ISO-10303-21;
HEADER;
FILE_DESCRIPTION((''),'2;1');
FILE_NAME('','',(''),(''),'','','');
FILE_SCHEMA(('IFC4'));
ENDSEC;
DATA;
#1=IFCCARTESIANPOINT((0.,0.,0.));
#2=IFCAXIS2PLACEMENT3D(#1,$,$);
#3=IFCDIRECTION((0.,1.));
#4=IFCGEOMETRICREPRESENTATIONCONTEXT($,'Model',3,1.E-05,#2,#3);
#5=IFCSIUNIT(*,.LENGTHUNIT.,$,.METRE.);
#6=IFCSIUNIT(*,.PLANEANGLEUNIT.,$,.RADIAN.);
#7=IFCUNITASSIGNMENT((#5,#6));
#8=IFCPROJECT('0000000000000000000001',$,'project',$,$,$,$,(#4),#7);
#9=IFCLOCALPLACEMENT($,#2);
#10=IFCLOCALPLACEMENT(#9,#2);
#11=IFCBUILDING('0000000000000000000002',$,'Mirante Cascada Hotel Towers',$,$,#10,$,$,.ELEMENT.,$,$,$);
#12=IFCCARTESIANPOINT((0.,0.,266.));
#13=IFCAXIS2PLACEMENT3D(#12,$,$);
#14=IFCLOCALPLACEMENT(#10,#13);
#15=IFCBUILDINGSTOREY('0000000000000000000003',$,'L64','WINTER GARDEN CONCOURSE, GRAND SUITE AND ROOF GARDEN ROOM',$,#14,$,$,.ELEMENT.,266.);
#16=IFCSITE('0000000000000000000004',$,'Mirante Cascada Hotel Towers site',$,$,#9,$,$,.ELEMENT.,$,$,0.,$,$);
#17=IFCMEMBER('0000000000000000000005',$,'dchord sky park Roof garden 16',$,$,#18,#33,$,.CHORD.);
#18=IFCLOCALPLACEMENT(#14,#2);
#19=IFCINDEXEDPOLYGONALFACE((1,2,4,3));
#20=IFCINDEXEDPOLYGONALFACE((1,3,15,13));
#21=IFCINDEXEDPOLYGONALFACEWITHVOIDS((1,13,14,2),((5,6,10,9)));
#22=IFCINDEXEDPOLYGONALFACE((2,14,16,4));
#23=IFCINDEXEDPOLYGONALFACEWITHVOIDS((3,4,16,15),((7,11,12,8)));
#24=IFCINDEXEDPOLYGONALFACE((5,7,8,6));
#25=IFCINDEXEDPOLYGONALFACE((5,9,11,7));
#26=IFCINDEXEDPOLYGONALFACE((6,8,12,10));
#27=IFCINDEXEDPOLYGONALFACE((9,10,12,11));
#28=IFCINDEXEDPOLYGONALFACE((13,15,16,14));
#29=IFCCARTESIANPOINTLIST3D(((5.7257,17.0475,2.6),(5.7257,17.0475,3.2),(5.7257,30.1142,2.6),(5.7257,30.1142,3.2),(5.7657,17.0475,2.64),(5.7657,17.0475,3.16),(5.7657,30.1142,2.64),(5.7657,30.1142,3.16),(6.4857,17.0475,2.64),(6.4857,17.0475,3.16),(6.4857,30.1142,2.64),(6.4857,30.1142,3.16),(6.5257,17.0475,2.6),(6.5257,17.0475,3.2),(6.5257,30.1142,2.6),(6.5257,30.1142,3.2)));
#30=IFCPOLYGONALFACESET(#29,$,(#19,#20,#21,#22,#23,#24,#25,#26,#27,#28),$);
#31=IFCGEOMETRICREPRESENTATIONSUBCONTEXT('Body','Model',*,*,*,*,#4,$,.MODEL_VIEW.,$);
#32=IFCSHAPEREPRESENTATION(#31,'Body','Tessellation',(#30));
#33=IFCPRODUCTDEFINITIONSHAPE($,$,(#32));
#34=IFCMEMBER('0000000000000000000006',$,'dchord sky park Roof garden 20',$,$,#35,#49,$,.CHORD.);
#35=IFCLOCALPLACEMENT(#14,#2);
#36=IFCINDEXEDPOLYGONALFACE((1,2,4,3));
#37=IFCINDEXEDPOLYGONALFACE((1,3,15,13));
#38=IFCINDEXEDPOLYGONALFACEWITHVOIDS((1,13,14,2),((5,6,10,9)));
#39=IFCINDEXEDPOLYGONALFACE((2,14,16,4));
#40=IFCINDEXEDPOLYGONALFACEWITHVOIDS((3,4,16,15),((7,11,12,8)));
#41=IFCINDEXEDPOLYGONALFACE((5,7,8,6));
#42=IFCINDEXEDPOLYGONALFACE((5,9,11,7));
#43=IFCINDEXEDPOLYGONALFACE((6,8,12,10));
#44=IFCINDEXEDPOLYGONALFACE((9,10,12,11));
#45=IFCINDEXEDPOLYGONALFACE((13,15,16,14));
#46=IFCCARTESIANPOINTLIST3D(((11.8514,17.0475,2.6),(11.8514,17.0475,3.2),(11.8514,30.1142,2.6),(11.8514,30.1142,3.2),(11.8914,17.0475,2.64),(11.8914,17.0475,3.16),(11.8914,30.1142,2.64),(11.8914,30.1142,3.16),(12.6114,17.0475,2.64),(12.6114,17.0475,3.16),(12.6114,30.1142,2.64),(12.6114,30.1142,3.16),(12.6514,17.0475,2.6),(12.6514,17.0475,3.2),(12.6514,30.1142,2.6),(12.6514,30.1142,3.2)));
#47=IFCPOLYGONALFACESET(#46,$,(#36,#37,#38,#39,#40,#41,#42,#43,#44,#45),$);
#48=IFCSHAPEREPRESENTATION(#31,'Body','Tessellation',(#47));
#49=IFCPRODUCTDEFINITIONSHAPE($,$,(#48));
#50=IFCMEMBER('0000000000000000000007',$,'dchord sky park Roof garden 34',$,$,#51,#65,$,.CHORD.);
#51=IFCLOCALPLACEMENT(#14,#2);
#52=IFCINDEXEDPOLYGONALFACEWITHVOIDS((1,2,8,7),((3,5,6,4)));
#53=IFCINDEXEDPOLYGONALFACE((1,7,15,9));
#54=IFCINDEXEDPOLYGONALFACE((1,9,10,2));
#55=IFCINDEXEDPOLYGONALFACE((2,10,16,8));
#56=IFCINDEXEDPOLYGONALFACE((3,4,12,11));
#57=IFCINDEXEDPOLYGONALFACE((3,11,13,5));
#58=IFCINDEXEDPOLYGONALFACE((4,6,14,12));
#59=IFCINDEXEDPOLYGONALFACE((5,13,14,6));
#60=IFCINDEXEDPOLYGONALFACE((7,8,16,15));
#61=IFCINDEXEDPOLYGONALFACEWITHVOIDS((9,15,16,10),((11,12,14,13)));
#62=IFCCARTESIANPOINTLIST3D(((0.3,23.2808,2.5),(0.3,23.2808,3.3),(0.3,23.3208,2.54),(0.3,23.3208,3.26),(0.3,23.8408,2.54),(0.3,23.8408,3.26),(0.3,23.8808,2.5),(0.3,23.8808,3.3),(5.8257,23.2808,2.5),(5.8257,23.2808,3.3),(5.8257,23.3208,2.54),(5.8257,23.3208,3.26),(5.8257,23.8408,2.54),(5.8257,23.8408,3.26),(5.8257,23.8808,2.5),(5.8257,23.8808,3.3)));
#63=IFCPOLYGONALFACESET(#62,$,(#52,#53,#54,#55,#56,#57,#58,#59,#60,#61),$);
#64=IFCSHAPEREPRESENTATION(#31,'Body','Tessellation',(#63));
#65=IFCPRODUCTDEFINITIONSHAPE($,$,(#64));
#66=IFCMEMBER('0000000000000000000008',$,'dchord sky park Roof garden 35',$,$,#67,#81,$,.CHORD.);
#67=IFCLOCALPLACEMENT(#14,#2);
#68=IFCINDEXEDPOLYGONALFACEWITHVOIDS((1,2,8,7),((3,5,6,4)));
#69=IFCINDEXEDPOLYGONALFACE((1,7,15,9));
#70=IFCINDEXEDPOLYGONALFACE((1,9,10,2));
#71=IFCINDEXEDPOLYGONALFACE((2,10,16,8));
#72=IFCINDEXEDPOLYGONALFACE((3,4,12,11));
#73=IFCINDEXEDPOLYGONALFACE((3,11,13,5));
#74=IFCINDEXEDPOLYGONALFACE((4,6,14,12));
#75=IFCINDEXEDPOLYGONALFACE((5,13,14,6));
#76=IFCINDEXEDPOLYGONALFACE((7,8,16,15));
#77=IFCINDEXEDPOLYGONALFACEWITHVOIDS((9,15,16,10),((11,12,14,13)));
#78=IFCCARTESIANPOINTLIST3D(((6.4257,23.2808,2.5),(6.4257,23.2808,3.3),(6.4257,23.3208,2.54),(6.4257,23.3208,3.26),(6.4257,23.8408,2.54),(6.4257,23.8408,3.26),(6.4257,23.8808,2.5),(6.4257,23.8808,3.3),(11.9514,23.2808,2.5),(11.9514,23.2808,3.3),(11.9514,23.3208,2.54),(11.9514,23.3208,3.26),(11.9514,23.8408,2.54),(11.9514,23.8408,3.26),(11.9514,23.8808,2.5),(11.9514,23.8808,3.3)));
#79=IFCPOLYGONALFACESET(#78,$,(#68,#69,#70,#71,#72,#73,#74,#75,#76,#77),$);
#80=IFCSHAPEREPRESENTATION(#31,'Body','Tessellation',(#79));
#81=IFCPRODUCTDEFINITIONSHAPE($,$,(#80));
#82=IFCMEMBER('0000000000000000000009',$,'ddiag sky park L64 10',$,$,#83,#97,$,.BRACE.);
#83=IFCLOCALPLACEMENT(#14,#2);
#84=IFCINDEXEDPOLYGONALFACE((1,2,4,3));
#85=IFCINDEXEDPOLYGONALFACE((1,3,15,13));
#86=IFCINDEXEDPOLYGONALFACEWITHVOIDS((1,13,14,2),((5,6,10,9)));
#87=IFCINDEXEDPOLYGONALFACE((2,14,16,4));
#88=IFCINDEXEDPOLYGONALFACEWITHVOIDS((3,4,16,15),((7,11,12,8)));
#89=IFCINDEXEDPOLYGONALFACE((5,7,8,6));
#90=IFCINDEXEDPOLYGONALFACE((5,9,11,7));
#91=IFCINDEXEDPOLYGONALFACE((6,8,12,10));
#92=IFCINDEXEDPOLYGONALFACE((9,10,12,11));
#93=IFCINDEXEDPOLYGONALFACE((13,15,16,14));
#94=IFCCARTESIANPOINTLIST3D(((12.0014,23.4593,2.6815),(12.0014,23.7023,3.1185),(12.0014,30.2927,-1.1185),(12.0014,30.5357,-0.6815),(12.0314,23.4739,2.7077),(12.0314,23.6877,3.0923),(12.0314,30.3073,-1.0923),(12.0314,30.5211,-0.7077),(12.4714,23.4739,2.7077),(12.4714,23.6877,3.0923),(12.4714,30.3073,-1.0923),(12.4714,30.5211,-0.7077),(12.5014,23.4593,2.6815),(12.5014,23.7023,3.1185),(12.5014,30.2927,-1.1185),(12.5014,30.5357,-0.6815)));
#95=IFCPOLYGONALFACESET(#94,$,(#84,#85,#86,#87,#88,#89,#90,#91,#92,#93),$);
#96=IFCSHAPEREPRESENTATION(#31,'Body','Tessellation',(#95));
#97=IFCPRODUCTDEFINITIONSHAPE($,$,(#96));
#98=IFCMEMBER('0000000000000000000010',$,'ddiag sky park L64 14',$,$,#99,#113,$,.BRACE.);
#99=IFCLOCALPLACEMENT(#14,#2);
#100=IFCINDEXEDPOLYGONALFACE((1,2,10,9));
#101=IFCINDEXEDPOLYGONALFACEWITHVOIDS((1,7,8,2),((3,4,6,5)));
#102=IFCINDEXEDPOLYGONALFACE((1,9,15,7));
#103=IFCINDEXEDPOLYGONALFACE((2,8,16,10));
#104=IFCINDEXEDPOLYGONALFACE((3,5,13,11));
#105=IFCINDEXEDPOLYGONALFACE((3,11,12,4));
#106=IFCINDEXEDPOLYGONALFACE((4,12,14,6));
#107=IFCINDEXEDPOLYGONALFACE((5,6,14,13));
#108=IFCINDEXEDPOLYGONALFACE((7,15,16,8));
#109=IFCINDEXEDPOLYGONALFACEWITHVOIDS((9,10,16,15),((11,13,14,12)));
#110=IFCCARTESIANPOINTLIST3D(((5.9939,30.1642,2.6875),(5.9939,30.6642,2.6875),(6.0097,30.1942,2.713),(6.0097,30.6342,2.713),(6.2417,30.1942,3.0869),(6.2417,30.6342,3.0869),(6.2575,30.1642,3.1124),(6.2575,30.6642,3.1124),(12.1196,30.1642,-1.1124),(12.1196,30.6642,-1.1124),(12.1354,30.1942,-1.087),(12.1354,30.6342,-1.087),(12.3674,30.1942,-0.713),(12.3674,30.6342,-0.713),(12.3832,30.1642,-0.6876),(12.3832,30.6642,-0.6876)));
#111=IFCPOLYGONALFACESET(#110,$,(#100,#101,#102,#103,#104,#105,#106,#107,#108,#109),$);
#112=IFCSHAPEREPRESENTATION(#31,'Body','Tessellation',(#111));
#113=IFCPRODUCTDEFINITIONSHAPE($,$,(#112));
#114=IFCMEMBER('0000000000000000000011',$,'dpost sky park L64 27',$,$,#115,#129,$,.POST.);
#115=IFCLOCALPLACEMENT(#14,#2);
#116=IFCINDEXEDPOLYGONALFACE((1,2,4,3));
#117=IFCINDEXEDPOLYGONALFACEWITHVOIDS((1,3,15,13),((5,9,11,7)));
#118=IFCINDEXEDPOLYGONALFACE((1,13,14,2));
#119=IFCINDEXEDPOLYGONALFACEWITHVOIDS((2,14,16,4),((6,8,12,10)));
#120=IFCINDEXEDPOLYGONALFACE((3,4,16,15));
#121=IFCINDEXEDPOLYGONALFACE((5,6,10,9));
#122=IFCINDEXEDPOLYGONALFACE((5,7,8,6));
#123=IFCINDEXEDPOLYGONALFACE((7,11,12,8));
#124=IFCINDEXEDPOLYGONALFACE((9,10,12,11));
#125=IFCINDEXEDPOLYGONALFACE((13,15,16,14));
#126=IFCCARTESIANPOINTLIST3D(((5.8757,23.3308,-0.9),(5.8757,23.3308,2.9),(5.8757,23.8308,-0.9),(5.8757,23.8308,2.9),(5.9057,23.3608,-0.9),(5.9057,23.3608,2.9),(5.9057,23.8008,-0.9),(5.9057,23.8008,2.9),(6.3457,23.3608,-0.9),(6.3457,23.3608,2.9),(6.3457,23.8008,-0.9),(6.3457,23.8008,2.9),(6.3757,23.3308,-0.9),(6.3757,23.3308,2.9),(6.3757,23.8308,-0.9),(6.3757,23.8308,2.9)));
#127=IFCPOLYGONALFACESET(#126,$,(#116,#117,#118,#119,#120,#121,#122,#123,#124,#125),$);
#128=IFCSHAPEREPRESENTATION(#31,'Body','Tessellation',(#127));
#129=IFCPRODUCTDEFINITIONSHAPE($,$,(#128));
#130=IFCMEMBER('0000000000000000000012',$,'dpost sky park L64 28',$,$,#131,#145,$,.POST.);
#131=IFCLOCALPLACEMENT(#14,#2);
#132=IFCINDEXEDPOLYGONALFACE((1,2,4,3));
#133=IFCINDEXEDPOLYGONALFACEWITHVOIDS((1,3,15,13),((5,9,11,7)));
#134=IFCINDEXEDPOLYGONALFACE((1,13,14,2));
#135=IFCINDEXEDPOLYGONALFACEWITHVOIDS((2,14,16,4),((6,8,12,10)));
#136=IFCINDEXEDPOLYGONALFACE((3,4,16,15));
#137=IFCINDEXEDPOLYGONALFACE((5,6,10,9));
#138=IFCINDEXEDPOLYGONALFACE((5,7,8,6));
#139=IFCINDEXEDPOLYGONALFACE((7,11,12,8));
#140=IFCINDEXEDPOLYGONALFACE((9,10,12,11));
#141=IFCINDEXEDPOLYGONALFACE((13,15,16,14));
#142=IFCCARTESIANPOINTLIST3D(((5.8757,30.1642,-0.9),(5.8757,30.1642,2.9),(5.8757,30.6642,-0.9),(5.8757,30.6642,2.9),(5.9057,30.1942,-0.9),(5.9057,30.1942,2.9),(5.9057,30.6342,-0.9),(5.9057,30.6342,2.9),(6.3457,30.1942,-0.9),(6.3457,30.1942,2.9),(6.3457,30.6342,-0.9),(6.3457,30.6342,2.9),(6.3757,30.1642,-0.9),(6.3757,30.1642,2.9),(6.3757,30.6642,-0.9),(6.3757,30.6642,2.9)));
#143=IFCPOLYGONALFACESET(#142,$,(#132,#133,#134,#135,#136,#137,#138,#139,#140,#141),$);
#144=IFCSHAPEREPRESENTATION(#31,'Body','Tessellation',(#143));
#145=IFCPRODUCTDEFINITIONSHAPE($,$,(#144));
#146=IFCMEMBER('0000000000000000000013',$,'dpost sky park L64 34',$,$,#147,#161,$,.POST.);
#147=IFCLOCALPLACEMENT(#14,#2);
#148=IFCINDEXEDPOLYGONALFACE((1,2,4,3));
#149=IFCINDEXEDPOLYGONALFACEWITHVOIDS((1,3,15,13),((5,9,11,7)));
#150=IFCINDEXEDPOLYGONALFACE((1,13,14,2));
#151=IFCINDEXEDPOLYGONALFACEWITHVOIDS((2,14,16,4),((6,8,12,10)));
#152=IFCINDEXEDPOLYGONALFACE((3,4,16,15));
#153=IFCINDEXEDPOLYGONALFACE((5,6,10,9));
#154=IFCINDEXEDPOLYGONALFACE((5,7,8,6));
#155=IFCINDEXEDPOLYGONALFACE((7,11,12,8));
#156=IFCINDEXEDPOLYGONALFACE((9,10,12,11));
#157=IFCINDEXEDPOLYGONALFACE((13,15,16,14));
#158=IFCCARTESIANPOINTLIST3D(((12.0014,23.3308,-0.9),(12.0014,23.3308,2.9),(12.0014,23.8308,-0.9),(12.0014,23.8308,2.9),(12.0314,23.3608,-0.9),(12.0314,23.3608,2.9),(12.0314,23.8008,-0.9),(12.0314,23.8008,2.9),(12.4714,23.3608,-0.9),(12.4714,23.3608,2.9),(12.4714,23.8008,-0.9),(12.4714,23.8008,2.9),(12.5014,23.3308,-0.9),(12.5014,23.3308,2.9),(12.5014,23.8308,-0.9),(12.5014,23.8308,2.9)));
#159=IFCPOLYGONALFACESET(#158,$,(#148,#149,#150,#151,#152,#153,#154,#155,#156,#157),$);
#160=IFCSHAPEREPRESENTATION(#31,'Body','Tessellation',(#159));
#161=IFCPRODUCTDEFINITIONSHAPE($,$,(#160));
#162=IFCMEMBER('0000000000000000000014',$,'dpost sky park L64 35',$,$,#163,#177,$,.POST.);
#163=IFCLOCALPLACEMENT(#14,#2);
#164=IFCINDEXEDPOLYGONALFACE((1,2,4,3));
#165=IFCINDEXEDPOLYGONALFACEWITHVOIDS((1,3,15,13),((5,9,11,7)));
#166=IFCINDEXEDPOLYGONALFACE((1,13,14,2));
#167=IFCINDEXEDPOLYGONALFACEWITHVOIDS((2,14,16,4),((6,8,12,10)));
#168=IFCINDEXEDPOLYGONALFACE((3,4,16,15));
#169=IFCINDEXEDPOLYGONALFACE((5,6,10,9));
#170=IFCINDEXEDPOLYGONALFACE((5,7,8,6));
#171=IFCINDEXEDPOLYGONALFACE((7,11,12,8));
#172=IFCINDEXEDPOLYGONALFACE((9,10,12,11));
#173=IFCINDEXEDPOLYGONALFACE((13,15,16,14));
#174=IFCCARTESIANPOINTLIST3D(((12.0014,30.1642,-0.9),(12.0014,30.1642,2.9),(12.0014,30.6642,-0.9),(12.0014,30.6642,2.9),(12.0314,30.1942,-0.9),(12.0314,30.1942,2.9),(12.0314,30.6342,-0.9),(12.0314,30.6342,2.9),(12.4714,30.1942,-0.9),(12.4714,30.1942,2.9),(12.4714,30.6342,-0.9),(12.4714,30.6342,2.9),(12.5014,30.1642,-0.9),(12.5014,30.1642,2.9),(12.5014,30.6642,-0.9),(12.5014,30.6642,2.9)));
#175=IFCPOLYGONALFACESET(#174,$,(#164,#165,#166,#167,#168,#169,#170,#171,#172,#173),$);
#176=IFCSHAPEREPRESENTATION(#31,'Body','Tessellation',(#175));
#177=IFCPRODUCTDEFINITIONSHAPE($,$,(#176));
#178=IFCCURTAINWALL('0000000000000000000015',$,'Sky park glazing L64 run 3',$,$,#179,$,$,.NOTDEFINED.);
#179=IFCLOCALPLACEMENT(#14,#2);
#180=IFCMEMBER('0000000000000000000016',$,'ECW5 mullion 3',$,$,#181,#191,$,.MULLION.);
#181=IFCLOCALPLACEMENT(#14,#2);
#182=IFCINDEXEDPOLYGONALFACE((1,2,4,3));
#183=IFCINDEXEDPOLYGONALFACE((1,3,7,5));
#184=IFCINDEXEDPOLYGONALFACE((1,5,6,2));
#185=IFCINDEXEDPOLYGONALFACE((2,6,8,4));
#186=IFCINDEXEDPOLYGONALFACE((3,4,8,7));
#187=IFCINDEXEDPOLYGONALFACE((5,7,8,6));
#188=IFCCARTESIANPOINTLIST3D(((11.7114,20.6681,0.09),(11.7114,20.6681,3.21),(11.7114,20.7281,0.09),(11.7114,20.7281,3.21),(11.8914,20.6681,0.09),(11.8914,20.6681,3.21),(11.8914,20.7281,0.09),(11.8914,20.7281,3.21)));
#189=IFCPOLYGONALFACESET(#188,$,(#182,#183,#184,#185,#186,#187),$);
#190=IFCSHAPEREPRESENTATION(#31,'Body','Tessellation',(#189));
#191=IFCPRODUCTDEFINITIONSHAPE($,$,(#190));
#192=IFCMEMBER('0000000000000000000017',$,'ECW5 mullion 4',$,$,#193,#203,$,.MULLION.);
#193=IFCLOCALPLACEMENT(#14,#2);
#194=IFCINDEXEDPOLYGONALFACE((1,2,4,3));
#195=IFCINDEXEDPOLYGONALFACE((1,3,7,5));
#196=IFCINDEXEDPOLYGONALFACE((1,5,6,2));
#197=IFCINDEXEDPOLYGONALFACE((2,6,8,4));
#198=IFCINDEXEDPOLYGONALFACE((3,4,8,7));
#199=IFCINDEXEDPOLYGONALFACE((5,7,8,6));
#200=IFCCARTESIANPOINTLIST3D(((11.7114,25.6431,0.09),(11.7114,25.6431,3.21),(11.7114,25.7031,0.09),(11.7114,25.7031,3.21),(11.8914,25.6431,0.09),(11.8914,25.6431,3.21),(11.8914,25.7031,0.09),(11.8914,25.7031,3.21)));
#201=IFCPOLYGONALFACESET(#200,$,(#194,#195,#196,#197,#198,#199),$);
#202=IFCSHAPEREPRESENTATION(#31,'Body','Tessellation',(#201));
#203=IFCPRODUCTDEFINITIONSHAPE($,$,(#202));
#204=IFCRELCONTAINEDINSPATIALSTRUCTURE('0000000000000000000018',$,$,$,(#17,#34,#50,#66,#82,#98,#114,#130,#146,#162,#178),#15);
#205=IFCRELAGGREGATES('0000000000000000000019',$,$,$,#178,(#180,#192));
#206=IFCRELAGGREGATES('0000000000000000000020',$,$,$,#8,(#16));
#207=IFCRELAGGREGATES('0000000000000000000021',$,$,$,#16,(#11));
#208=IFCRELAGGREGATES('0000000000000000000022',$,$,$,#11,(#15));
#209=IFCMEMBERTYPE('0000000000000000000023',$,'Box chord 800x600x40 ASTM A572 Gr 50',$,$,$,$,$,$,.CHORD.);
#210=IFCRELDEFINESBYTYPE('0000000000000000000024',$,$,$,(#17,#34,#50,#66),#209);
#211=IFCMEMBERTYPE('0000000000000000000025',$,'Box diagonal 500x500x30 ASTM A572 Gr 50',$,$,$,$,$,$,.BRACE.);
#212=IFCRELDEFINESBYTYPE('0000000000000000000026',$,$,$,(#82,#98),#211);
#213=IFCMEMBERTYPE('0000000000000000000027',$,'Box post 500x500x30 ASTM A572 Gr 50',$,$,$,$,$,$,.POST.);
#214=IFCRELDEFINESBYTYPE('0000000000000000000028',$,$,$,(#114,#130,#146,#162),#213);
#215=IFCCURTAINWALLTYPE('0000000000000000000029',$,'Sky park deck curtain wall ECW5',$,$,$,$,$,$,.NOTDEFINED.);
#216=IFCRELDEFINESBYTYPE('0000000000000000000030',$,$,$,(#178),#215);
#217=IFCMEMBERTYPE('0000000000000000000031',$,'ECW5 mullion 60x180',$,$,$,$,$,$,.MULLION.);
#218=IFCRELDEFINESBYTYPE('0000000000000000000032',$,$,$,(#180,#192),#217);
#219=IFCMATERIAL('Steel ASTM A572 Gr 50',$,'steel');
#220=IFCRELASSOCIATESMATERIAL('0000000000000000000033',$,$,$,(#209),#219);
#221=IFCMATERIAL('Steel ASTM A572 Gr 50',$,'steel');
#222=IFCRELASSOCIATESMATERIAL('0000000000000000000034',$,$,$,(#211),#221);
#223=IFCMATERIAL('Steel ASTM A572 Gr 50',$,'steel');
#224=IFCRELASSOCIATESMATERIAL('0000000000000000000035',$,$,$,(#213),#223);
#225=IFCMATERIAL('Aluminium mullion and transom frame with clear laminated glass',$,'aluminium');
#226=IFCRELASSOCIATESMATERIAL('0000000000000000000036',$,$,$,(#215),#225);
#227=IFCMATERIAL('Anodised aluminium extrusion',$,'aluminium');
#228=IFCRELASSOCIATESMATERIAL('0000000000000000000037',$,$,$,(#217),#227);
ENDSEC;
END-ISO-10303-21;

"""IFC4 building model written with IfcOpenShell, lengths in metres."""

from ifc_helpers import new_model, si_unit, direction, frame, origin, origin_2d, place, context, subcontext, project, spatial, rectangle, hollow_rectangle, extrude, material, material_profile, profile_set, type_object, element, aggregate, save


model = new_model("IFC4")

# Units and contexts
model_context = context("Model", 3, precision=1e-05, world=origin(), true_north=direction((0.0, 1.0)))
body_context = subcontext(model_context, "Body", "Model", "MODEL_VIEW")
ifc_project = project(units=[si_unit("LENGTHUNIT", "METRE"), si_unit("PLANEANGLEUNIT", "RADIAN")], contexts=[model_context])

# Site, building, storey
site_placement = place(None, origin())
site = spatial("IfcSite", under=ifc_project, at=site_placement, Name="Mirante Cascada Hotel Towers site", CompositionType="ELEMENT", RefElevation=0.0)
building_placement = place(site_placement, origin())
building = spatial("IfcBuilding", under=site, at=building_placement, Name="Mirante Cascada Hotel Towers", CompositionType="ELEMENT")
storey_placement = place(building_placement, frame((0.0, 0.0, 266.0)))
storey = spatial("IfcBuildingStorey", under=building, at=storey_placement, Name="L64", Description="WINTER GARDEN CONCOURSE, GRAND SUITE AND ROOF GARDEN ROOM", CompositionType="ELEMENT", Elevation=266.0)

# Members
ifc_material_1 = material(Name="Steel ASTM A572 Gr 50", Category="steel")
ifc_material_profile_1 = material_profile(ifc_material_1, hollow_rectangle(XDim=0.6, YDim=0.8, WallThickness=0.04, at=origin_2d()), Name="Box chord 800x600x40 ASTM A572 Gr 50")
ifc_profile_set_1 = profile_set([ifc_material_profile_1], Name="Steel ASTM A572 Gr 50")
member_type_1 = type_object("IfcMemberType", Name="Box chord 800x600x40 ASTM A572 Gr 50", PredefinedType="CHORD", material=ifc_profile_set_1)
for number, where, z_axis, x_axis, name in (
    (1, (6.1257, 17.0475, 2.9), (0.0, 1.0, 0.0), (0.0, 0.0, 1.0), "dchord sky park Roof garden 16"),
    (2, (12.2514, 17.0475, 2.9), (0.0, 1.0, 0.0), (0.0, 0.0, 1.0), "dchord sky park Roof garden 20"),
):
    element("IfcMember", number, at=place(storey_placement, frame(where, z_axis=z_axis, x_axis=x_axis)), inside=storey, type_object=member_type_1, Name=name, PredefinedType="CHORD", context=body_context, shape_type="SweptSolid", body=[
        extrude(hollow_rectangle(XDim=0.6, YDim=0.8, WallThickness=0.04, at=origin_2d()), origin(), (0.0, 0.0, 1.0), 13.0667),
    ])
for number, where, z_axis, x_axis, name in (
    (3, (0.3, 23.5808, 2.9), (1.0, 0.0, 0.0), (0.0, 1.0, 0.0), "dchord sky park Roof garden 34"),
    (4, (6.4257, 23.5808, 2.9), (1.0, 0.0, 0.0), (0.0, 1.0, 0.0), "dchord sky park Roof garden 35"),
):
    element("IfcMember", number, at=place(storey_placement, frame(where, z_axis=z_axis, x_axis=x_axis)), inside=storey, type_object=member_type_1, Name=name, PredefinedType="CHORD", context=body_context, shape_type="SweptSolid", body=[
        extrude(hollow_rectangle(XDim=0.6, YDim=0.8, WallThickness=0.04, at=origin_2d()), origin(), (0.0, 0.0, 1.0), 5.5257),
    ])
ifc_material_2 = material(Name="Steel ASTM A572 Gr 50", Category="steel")
ifc_material_profile_2 = material_profile(ifc_material_2, hollow_rectangle(XDim=0.5, YDim=0.5, WallThickness=0.03, at=origin_2d()), Name="Box diagonal 500x500x30 ASTM A572 Gr 50")
ifc_profile_set_2 = profile_set([ifc_material_profile_2], Name="Steel ASTM A572 Gr 50")
member_type_2 = type_object("IfcMemberType", Name="Box diagonal 500x500x30 ASTM A572 Gr 50", PredefinedType="BRACE", material=ifc_profile_set_2)
member_1_placement = place(storey_placement, frame((12.2514, 30.4142, -0.9), z_axis=(0.0, -0.873958, 0.486001), x_axis=(1.0, 0.0, 0.0)))
element("IfcMember", 5, at=member_1_placement, inside=storey, type_object=member_type_2, Name="ddiag sky park L64 10", PredefinedType="BRACE", context=body_context, shape_type="SweptSolid", body=[
    extrude(hollow_rectangle(XDim=0.5, YDim=0.5, WallThickness=0.03, at=origin_2d()), origin(), (0.0, 0.0, 1.0), 7.8189),
])
member_2_placement = place(storey_placement, frame((12.2514, 30.4142, -0.9), z_axis=(-0.849774, 0.0, 0.527147), x_axis=(0.0, -1.0, 0.0)))
element("IfcMember", 6, at=member_2_placement, inside=storey, type_object=member_type_2, Name="ddiag sky park L64 14", PredefinedType="BRACE", context=body_context, shape_type="SweptSolid", body=[
    extrude(hollow_rectangle(XDim=0.5, YDim=0.5, WallThickness=0.03, at=origin_2d()), origin(), (0.0, 0.0, 1.0), 7.2086),
])
ifc_material_3 = material(Name="Steel ASTM A572 Gr 50", Category="steel")
ifc_material_profile_3 = material_profile(ifc_material_3, hollow_rectangle(XDim=0.5, YDim=0.5, WallThickness=0.03, at=origin_2d()), Name="Box post 500x500x30 ASTM A572 Gr 50")
ifc_profile_set_3 = profile_set([ifc_material_profile_3], Name="Steel ASTM A572 Gr 50")
member_type_3 = type_object("IfcMemberType", Name="Box post 500x500x30 ASTM A572 Gr 50", PredefinedType="POST", material=ifc_profile_set_3)
for number, where, z_axis, x_axis, name in (
    (7, (6.1257, 23.5808, -0.9), (0.0, 0.0, 1.0), (1.0, 0.0, 0.0), "dpost sky park L64 27"),
    (8, (6.1257, 30.4142, -0.9), (0.0, 0.0, 1.0), (1.0, 0.0, 0.0), "dpost sky park L64 28"),
    (9, (12.2514, 23.5808, -0.9), (0.0, 0.0, 1.0), (1.0, 0.0, 0.0), "dpost sky park L64 34"),
    (10, (12.2514, 30.4142, -0.9), (0.0, 0.0, 1.0), (1.0, 0.0, 0.0), "dpost sky park L64 35"),
):
    element("IfcMember", number, at=place(storey_placement, frame(where, z_axis=z_axis, x_axis=x_axis)), inside=storey, type_object=member_type_3, Name=name, PredefinedType="POST", context=body_context, shape_type="SweptSolid", body=[
        extrude(hollow_rectangle(XDim=0.5, YDim=0.5, WallThickness=0.03, at=origin_2d()), origin(), (0.0, 0.0, 1.0), 3.8),
    ])

# Curtain wall, members
ifc_material_4 = material(Name="Aluminium mullion and transom frame with clear laminated glass", Category="aluminium")
curtain_wall_type = type_object("IfcCurtainWallType", Name="Sky park deck curtain wall ECW5", PredefinedType="NOTDEFINED", material=ifc_material_4)
curtain_wall_1_placement = place(storey_placement, origin())
curtain_wall_1 = element("IfcCurtainWall", 11, at=curtain_wall_1_placement, inside=storey, type_object=curtain_wall_type, Name="Sky park glazing L64 run 3", PredefinedType="NOTDEFINED")
ifc_material_5 = material(Name="Anodised aluminium extrusion", Category="aluminium")
ifc_material_profile_4 = material_profile(ifc_material_5, rectangle(XDim=0.18, YDim=0.06, at=origin_2d()), Name="ECW5 MULLION 60x180")
ifc_profile_set_4 = profile_set([ifc_material_profile_4], Name="Anodised aluminium extrusion")
member_type_4 = type_object("IfcMemberType", Name="ECW5 mullion 60x180", PredefinedType="MULLION", material=ifc_profile_set_4)
member_3_placement = place(storey_placement, frame((11.8014, 20.6981, 0.09), z_axis=(0.0, 0.0, 1.0), x_axis=(-1.0, 0.0, 0.0)))
member_3 = element("IfcMember", 12, at=member_3_placement, type_object=member_type_4, Name="ECW5 mullion 3", PredefinedType="MULLION", context=body_context, shape_type="SweptSolid", body=[
    extrude(rectangle(XDim=0.18, YDim=0.06, at=origin_2d()), origin(), (0.0, 0.0, 1.0), 3.12),
])
member_4_placement = place(storey_placement, frame((11.8014, 25.6731, 0.09), z_axis=(0.0, 0.0, 1.0), x_axis=(-1.0, 0.0, 0.0)))
member_4 = element("IfcMember", 13, at=member_4_placement, type_object=member_type_4, Name="ECW5 mullion 4", PredefinedType="MULLION", context=body_context, shape_type="SweptSolid", body=[
    extrude(rectangle(XDim=0.18, YDim=0.06, at=origin_2d()), origin(), (0.0, 0.0, 1.0), 3.12),
])

aggregate(curtain_wall_1, [member_3, member_4])

save(model, "model.ifc")
